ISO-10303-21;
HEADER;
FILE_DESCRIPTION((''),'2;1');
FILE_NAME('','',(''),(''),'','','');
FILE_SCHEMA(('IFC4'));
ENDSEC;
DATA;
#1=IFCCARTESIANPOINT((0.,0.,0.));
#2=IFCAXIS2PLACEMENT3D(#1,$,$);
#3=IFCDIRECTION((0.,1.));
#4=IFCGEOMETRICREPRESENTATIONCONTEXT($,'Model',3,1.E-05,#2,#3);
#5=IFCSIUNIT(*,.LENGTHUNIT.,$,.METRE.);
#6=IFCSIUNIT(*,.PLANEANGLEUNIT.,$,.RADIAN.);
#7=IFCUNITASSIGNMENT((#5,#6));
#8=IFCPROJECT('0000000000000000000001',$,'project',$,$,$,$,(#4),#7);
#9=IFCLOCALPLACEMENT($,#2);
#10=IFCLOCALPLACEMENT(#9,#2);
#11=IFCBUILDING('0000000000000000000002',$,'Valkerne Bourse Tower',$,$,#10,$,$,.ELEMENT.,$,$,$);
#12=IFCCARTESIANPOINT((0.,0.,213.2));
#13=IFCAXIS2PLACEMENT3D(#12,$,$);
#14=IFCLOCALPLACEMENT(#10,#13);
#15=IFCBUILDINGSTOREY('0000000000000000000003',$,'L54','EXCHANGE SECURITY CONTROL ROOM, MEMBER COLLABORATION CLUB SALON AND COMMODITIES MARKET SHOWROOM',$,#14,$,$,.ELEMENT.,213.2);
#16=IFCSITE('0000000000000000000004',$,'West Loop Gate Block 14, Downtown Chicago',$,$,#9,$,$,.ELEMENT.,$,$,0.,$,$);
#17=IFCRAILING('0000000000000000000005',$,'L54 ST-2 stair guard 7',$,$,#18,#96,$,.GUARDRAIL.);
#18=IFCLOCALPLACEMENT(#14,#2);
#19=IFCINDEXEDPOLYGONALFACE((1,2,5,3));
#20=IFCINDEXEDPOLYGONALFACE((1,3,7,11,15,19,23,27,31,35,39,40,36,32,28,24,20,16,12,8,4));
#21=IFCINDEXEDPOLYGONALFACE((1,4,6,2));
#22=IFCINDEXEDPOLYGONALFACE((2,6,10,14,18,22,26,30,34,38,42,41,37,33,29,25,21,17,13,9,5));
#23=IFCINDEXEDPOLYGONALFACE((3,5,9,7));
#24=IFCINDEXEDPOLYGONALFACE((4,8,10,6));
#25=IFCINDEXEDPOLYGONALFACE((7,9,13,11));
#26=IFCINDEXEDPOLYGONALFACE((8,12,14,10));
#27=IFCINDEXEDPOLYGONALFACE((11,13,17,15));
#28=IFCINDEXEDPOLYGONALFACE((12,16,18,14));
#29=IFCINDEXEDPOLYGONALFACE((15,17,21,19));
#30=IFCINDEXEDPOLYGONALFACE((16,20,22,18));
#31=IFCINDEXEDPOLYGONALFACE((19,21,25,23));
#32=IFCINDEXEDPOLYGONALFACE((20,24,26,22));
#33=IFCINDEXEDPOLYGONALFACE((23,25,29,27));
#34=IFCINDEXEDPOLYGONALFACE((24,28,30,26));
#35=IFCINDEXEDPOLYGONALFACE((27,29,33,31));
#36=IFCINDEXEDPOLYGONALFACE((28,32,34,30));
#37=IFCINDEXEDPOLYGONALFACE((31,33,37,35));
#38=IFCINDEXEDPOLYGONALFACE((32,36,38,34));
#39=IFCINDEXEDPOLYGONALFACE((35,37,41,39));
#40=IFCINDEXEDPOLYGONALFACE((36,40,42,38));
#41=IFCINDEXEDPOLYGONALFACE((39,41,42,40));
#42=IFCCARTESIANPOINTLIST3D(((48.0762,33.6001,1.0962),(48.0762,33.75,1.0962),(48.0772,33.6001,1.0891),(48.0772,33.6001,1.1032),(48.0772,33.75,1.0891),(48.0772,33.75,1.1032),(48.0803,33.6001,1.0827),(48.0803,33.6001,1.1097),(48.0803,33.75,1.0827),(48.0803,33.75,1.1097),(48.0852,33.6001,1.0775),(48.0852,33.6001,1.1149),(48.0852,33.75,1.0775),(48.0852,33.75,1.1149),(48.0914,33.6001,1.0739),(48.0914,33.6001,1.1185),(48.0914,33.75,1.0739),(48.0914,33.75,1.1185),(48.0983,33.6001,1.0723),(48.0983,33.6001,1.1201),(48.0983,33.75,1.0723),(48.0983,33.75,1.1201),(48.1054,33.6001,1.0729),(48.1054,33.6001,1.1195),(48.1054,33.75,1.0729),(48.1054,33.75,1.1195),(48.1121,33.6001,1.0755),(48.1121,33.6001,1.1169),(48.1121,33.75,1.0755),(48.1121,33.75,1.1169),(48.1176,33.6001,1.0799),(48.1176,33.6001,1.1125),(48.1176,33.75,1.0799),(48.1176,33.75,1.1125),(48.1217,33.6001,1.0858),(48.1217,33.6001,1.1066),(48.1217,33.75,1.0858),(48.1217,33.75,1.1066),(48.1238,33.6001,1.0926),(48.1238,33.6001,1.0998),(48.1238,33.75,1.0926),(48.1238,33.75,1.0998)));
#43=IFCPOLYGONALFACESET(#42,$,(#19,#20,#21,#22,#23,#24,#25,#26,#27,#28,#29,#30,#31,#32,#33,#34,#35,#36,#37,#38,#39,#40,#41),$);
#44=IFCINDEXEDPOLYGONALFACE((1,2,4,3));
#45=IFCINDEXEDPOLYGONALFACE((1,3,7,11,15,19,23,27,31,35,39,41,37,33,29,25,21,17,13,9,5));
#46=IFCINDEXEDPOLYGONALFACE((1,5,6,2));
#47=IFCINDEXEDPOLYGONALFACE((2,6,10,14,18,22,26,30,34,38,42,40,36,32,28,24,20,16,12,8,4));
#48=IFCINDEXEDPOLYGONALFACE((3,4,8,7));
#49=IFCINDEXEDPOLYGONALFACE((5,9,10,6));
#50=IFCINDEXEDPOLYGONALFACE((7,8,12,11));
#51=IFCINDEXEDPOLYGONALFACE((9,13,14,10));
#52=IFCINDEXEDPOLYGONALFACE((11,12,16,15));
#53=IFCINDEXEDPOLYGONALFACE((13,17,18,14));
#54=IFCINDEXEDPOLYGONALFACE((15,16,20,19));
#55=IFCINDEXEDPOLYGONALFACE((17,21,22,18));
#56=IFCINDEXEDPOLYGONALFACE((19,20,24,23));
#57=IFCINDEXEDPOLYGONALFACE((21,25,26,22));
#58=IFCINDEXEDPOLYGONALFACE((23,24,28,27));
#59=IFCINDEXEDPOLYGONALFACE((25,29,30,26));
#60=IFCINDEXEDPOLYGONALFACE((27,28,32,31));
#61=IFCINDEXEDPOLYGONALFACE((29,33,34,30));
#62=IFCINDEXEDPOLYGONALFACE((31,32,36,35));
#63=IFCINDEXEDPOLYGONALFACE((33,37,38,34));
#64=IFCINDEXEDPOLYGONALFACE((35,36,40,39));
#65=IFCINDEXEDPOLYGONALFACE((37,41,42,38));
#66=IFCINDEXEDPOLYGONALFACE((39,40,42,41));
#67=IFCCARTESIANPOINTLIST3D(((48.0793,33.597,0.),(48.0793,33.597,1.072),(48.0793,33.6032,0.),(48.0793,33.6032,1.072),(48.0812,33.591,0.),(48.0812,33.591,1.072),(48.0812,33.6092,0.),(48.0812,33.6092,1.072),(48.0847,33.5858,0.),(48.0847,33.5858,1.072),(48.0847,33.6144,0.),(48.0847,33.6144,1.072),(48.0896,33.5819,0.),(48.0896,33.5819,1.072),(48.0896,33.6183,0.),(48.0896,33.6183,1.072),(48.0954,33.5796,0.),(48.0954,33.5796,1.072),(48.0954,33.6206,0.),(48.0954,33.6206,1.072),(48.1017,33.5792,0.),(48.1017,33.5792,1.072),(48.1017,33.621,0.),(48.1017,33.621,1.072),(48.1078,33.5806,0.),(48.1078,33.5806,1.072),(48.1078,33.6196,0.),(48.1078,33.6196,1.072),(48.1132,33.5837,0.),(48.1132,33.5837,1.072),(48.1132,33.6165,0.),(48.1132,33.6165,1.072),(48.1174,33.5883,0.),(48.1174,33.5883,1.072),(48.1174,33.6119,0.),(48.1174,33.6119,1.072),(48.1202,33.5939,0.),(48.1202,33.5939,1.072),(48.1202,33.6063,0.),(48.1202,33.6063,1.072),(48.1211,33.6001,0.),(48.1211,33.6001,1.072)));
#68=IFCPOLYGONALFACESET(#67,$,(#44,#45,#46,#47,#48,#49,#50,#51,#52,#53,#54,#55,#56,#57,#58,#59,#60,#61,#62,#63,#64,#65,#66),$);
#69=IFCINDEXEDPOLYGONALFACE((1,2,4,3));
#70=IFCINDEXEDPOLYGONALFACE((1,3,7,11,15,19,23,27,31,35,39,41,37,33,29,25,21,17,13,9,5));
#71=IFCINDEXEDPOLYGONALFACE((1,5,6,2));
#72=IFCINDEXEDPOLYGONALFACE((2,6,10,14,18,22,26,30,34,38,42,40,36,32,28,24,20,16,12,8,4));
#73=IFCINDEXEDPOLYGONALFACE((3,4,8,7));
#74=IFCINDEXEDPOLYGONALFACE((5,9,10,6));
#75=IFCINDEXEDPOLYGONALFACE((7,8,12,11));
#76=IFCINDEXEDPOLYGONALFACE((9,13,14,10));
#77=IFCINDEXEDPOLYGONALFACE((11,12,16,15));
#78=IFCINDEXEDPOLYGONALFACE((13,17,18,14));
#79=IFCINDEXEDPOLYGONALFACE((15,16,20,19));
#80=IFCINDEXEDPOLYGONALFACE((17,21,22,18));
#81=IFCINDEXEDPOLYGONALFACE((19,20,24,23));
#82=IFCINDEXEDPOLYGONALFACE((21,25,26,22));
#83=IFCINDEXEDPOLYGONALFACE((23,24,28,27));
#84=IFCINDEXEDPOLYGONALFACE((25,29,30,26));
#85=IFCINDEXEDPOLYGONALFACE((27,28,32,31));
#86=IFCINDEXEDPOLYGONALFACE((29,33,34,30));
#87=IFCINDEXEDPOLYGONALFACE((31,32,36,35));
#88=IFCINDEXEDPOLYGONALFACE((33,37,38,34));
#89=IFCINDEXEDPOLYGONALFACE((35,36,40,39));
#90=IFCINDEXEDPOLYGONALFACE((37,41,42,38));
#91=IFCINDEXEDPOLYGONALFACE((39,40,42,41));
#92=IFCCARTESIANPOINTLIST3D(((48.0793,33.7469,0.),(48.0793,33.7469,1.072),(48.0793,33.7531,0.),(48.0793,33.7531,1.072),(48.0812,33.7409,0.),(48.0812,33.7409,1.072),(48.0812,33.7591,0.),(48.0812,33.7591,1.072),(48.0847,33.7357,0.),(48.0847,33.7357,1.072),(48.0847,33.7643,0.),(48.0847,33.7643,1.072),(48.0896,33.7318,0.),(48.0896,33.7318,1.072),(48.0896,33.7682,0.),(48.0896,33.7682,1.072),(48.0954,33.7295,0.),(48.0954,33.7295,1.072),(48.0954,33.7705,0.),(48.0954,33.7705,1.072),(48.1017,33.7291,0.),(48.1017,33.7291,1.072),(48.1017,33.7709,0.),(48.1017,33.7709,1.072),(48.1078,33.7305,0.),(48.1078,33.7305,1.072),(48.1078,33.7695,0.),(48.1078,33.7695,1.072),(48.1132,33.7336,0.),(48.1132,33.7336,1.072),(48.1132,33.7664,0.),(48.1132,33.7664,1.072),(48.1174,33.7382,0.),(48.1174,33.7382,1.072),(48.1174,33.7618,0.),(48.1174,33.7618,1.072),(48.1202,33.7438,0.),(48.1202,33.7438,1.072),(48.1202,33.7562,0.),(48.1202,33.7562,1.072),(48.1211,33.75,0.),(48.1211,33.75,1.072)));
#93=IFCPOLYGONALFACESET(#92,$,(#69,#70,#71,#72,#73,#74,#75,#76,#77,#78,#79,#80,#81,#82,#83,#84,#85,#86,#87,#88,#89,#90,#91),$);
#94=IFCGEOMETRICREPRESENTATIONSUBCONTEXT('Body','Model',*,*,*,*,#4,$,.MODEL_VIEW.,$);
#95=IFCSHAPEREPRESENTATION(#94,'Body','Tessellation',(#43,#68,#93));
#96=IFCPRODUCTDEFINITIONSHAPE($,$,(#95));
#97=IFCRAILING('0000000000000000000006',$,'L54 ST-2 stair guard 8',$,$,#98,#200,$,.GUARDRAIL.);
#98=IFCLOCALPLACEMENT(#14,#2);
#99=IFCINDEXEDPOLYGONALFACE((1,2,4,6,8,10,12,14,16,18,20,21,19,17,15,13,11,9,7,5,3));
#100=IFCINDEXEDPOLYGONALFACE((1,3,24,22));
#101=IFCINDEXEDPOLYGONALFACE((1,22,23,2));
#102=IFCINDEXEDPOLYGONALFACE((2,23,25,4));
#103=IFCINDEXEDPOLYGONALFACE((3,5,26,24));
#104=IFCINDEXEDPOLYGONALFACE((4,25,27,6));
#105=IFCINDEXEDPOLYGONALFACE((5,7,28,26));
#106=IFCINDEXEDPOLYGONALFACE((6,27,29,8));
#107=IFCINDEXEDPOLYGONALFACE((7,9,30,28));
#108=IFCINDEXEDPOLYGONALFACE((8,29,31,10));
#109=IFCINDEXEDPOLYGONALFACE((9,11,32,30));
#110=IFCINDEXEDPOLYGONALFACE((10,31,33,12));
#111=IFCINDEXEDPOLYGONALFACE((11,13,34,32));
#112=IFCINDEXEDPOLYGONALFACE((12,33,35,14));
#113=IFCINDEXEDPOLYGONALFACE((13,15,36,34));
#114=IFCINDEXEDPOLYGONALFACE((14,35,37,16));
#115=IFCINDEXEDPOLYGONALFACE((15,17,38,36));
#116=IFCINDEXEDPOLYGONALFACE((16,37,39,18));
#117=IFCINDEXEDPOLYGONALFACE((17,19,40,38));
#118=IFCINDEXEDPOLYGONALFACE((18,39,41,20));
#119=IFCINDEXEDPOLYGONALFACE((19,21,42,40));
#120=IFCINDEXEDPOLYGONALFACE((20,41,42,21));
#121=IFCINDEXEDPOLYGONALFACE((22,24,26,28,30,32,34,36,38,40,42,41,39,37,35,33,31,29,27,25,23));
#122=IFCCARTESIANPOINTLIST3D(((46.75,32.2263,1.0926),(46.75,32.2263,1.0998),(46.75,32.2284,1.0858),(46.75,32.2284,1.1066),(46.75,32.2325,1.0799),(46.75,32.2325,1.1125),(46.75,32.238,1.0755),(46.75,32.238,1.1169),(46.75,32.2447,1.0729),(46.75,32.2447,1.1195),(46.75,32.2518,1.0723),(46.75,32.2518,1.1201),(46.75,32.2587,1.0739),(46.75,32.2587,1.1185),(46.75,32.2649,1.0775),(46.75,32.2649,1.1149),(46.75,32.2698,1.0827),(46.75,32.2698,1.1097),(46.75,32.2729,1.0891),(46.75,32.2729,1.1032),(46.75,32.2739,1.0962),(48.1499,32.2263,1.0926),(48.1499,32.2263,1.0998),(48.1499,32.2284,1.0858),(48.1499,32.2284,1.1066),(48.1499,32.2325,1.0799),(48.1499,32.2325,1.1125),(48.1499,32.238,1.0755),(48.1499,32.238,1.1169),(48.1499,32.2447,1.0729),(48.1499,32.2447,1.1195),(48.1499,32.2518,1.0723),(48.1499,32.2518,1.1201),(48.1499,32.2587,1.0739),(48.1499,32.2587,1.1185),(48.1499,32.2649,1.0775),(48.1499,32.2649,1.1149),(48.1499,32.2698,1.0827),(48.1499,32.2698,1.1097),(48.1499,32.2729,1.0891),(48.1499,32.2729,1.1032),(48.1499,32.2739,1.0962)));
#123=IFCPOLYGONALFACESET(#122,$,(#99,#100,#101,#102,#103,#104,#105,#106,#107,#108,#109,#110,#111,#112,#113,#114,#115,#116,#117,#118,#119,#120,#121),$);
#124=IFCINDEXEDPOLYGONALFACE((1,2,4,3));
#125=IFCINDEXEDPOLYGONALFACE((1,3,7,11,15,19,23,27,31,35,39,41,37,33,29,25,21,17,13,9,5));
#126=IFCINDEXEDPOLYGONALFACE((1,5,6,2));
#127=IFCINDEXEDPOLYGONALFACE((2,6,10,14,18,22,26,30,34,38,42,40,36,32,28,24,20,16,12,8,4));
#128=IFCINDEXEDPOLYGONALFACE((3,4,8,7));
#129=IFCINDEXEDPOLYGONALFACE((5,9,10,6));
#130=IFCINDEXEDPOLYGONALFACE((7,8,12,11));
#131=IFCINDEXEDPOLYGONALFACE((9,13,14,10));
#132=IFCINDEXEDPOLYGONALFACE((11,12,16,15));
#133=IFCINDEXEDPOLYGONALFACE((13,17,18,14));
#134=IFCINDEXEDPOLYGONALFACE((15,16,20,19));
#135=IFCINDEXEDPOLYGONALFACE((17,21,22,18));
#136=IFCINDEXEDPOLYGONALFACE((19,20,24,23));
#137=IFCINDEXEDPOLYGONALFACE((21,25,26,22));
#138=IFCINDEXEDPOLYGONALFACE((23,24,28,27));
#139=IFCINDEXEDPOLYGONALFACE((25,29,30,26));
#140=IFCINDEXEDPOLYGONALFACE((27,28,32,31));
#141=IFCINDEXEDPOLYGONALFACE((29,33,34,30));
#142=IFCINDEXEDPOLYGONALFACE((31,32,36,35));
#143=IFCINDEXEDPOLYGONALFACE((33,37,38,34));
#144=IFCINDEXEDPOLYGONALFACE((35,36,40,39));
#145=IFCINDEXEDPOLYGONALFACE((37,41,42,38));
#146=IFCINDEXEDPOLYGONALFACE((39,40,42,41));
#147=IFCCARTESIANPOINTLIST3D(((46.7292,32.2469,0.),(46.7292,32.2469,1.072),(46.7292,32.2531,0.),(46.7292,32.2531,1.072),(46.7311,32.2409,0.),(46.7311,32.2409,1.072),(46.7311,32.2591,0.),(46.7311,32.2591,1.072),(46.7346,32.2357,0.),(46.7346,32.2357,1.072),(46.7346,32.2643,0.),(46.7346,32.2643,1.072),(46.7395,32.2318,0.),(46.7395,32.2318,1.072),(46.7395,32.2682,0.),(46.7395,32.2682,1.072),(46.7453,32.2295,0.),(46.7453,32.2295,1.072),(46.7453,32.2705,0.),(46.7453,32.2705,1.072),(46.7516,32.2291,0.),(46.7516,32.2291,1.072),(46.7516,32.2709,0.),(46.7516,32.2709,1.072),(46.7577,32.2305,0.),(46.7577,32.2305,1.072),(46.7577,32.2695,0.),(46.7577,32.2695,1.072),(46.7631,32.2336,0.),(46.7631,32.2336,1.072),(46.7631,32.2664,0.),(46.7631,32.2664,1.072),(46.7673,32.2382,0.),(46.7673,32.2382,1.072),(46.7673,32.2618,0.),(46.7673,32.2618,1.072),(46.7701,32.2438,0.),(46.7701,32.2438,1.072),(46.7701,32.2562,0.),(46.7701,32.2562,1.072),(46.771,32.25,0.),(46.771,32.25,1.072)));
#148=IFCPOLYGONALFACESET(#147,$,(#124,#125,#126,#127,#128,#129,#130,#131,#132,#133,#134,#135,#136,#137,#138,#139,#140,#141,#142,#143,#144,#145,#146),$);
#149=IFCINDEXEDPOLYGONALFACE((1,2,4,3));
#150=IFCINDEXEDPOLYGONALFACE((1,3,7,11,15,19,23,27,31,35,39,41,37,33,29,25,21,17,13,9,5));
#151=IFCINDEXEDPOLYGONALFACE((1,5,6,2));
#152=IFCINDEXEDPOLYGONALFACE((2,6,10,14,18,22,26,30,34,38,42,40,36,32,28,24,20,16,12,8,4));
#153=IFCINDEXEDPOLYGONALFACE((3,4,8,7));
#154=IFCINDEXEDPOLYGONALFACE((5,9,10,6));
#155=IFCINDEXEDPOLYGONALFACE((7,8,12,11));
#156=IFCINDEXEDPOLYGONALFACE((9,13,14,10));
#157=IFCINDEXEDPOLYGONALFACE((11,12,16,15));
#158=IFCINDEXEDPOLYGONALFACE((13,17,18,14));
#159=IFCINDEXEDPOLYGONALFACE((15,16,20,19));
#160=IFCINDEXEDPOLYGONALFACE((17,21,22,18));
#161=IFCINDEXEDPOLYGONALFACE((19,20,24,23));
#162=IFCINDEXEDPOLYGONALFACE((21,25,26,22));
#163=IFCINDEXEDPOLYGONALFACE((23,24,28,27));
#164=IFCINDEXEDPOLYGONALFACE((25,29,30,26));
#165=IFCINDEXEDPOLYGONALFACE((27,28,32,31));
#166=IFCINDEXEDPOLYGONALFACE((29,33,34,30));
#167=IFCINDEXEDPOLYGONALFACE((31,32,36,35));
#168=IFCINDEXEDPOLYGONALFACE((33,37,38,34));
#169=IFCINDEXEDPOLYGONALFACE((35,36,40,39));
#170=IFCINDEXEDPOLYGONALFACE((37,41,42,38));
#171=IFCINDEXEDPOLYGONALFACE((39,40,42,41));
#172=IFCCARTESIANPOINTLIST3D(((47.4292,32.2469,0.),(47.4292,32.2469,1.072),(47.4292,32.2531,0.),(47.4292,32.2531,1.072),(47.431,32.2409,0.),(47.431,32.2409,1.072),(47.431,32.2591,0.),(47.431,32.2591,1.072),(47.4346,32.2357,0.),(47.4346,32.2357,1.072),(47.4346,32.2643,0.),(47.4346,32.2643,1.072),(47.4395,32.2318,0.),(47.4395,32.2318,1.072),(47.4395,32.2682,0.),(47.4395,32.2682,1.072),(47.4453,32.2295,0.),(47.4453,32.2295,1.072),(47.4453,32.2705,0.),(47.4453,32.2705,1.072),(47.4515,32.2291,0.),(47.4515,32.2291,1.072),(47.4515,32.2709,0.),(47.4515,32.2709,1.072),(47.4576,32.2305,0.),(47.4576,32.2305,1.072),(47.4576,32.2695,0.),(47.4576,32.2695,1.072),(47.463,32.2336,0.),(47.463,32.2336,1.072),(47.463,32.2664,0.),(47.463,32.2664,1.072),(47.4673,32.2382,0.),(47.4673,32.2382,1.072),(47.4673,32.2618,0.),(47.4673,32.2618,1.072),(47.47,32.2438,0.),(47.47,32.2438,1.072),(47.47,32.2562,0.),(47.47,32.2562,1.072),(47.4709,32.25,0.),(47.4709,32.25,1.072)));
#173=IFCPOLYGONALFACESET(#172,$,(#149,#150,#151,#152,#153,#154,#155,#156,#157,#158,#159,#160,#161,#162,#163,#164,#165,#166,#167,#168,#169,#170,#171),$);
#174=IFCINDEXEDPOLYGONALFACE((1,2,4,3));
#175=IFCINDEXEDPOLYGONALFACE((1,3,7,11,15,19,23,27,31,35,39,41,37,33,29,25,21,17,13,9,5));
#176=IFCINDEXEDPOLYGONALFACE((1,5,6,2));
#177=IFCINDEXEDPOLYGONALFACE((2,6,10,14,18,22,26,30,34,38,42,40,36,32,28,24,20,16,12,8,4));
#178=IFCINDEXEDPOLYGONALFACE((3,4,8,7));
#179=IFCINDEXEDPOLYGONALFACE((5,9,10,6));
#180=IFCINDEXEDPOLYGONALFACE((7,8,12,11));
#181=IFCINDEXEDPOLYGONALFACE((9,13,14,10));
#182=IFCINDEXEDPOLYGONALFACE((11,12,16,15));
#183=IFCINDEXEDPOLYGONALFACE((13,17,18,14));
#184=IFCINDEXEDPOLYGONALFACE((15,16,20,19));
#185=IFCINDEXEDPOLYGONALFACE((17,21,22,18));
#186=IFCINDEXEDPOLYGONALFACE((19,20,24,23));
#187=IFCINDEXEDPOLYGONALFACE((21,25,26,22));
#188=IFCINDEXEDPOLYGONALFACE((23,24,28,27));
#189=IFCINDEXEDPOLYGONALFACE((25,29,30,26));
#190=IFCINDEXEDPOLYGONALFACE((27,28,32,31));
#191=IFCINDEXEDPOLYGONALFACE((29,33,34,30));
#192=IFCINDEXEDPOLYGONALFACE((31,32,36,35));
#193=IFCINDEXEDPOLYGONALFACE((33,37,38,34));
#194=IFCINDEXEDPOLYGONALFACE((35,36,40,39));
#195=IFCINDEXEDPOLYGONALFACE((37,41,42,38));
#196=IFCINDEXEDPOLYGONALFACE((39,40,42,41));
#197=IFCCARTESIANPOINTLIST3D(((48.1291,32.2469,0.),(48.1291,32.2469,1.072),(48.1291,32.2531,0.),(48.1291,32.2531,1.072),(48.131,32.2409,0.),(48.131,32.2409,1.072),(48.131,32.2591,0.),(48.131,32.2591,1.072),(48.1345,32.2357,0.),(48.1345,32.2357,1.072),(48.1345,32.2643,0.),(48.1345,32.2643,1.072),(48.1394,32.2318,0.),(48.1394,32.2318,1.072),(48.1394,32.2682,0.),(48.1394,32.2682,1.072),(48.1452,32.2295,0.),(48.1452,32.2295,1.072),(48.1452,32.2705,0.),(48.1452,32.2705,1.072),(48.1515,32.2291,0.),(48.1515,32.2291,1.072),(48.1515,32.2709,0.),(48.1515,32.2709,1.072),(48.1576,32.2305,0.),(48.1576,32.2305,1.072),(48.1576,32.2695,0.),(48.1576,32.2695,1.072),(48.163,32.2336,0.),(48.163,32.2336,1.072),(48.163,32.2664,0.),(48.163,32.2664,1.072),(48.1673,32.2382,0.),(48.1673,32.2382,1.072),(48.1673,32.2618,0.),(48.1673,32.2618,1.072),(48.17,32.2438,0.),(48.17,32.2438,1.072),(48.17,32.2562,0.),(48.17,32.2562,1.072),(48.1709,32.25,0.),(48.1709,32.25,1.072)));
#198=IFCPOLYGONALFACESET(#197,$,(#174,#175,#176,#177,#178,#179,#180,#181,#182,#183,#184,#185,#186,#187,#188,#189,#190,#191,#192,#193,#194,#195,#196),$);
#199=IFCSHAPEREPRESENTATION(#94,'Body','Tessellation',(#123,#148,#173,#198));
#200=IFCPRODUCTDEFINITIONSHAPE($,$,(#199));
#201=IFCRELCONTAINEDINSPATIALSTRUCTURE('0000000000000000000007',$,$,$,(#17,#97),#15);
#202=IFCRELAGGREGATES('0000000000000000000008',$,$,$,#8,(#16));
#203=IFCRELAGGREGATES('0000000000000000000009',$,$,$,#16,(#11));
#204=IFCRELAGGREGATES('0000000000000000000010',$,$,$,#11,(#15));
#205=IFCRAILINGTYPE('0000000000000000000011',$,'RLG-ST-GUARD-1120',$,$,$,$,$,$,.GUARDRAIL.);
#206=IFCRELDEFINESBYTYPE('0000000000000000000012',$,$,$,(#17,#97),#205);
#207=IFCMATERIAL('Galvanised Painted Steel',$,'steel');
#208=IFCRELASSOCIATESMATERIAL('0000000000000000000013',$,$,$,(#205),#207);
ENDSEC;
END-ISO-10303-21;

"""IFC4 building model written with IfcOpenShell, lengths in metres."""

from ifc_helpers import new_model, si_unit, direction, frame, origin, origin_2d, place, context, subcontext, project, spatial, circle, extrude, material, type_object, element, save


model = new_model("IFC4")

# Units and contexts
model_context = context("Model", 3, precision=1e-05, world=origin(), true_north=direction((0.0, 1.0)))
body_context = subcontext(model_context, "Body", "Model", "MODEL_VIEW")
ifc_project = project(units=[si_unit("LENGTHUNIT", "METRE"), si_unit("PLANEANGLEUNIT", "RADIAN")], contexts=[model_context])

# Site, building, storey
site_placement = place(None, origin())
site = spatial("IfcSite", under=ifc_project, at=site_placement, Name="West Loop Gate Block 14, Downtown Chicago", CompositionType="ELEMENT", RefElevation=0.0)
building_placement = place(site_placement, origin())
building = spatial("IfcBuilding", under=site, at=building_placement, Name="Valkerne Bourse Tower", CompositionType="ELEMENT")
storey_placement = place(building_placement, frame((0.0, 0.0, 213.2)))
storey = spatial("IfcBuildingStorey", under=building, at=storey_placement, Name="L54", Description="EXCHANGE SECURITY CONTROL ROOM, MEMBER COLLABORATION CLUB SALON AND COMMODITIES MARKET SHOWROOM", CompositionType="ELEMENT", Elevation=213.2)

# Shared definitions
ifc_material_1 = material(Name="Galvanised Painted Steel", Category="steel")

# Railings
railing_type_1 = type_object("IfcRailingType", Name="RLG-ST-GUARD-1120", PredefinedType="GUARDRAIL", material=ifc_material_1)
railing_1_placement = place(storey_placement, frame((48.1001, 33.6001, 0.0)))
element("IfcRailing", 1, at=railing_1_placement, inside=storey, type_object=railing_type_1, Name="L54 ST-2 stair guard 7", PredefinedType="GUARDRAIL", context=body_context, shape_type="SweptSolid", body=[
    extrude(circle(Radius=0.0239, at=origin_2d()), frame((0.0, 0.0, 1.0962), z_axis=(0.0, 1.0, 0.0), x_axis=(-1.0, 0.0, 0.0)), (0.0, 0.0, 1.0), 0.1499),
    extrude(circle(Radius=0.021, at=origin_2d()), origin(), (0.0, 0.0, 1.0), 1.072),
    extrude(circle(Radius=0.021, at=origin_2d()), frame((0.0, 0.1499, 0.0)), (0.0, 0.0, 1.0), 1.072),
])
for number, where, name in (
    (2, (46.75, 32.25, 0.0), "L54 ST-2 stair guard 8"),
):
    element("IfcRailing", number, at=place(storey_placement, frame(where)), inside=storey, type_object=railing_type_1, Name=name, PredefinedType="GUARDRAIL", context=body_context, shape_type="SweptSolid", body=[
        extrude(circle(Radius=0.0239, at=origin_2d()), frame((0.0, 0.0, 1.0962), z_axis=(1.0, 0.0, 0.0), x_axis=(0.0, 1.0, 0.0)), (0.0, 0.0, 1.0), 1.3999),
        extrude(circle(Radius=0.021, at=origin_2d()), origin(), (0.0, 0.0, 1.0), 1.072),
        extrude(circle(Radius=0.021, at=origin_2d()), frame((0.7, 0.0, 0.0)), (0.0, 0.0, 1.0), 1.072),
        extrude(circle(Radius=0.021, at=origin_2d()), frame((1.3999, 0.0, 0.0)), (0.0, 0.0, 1.0), 1.072),
    ])

save(model, "model.ifc")
